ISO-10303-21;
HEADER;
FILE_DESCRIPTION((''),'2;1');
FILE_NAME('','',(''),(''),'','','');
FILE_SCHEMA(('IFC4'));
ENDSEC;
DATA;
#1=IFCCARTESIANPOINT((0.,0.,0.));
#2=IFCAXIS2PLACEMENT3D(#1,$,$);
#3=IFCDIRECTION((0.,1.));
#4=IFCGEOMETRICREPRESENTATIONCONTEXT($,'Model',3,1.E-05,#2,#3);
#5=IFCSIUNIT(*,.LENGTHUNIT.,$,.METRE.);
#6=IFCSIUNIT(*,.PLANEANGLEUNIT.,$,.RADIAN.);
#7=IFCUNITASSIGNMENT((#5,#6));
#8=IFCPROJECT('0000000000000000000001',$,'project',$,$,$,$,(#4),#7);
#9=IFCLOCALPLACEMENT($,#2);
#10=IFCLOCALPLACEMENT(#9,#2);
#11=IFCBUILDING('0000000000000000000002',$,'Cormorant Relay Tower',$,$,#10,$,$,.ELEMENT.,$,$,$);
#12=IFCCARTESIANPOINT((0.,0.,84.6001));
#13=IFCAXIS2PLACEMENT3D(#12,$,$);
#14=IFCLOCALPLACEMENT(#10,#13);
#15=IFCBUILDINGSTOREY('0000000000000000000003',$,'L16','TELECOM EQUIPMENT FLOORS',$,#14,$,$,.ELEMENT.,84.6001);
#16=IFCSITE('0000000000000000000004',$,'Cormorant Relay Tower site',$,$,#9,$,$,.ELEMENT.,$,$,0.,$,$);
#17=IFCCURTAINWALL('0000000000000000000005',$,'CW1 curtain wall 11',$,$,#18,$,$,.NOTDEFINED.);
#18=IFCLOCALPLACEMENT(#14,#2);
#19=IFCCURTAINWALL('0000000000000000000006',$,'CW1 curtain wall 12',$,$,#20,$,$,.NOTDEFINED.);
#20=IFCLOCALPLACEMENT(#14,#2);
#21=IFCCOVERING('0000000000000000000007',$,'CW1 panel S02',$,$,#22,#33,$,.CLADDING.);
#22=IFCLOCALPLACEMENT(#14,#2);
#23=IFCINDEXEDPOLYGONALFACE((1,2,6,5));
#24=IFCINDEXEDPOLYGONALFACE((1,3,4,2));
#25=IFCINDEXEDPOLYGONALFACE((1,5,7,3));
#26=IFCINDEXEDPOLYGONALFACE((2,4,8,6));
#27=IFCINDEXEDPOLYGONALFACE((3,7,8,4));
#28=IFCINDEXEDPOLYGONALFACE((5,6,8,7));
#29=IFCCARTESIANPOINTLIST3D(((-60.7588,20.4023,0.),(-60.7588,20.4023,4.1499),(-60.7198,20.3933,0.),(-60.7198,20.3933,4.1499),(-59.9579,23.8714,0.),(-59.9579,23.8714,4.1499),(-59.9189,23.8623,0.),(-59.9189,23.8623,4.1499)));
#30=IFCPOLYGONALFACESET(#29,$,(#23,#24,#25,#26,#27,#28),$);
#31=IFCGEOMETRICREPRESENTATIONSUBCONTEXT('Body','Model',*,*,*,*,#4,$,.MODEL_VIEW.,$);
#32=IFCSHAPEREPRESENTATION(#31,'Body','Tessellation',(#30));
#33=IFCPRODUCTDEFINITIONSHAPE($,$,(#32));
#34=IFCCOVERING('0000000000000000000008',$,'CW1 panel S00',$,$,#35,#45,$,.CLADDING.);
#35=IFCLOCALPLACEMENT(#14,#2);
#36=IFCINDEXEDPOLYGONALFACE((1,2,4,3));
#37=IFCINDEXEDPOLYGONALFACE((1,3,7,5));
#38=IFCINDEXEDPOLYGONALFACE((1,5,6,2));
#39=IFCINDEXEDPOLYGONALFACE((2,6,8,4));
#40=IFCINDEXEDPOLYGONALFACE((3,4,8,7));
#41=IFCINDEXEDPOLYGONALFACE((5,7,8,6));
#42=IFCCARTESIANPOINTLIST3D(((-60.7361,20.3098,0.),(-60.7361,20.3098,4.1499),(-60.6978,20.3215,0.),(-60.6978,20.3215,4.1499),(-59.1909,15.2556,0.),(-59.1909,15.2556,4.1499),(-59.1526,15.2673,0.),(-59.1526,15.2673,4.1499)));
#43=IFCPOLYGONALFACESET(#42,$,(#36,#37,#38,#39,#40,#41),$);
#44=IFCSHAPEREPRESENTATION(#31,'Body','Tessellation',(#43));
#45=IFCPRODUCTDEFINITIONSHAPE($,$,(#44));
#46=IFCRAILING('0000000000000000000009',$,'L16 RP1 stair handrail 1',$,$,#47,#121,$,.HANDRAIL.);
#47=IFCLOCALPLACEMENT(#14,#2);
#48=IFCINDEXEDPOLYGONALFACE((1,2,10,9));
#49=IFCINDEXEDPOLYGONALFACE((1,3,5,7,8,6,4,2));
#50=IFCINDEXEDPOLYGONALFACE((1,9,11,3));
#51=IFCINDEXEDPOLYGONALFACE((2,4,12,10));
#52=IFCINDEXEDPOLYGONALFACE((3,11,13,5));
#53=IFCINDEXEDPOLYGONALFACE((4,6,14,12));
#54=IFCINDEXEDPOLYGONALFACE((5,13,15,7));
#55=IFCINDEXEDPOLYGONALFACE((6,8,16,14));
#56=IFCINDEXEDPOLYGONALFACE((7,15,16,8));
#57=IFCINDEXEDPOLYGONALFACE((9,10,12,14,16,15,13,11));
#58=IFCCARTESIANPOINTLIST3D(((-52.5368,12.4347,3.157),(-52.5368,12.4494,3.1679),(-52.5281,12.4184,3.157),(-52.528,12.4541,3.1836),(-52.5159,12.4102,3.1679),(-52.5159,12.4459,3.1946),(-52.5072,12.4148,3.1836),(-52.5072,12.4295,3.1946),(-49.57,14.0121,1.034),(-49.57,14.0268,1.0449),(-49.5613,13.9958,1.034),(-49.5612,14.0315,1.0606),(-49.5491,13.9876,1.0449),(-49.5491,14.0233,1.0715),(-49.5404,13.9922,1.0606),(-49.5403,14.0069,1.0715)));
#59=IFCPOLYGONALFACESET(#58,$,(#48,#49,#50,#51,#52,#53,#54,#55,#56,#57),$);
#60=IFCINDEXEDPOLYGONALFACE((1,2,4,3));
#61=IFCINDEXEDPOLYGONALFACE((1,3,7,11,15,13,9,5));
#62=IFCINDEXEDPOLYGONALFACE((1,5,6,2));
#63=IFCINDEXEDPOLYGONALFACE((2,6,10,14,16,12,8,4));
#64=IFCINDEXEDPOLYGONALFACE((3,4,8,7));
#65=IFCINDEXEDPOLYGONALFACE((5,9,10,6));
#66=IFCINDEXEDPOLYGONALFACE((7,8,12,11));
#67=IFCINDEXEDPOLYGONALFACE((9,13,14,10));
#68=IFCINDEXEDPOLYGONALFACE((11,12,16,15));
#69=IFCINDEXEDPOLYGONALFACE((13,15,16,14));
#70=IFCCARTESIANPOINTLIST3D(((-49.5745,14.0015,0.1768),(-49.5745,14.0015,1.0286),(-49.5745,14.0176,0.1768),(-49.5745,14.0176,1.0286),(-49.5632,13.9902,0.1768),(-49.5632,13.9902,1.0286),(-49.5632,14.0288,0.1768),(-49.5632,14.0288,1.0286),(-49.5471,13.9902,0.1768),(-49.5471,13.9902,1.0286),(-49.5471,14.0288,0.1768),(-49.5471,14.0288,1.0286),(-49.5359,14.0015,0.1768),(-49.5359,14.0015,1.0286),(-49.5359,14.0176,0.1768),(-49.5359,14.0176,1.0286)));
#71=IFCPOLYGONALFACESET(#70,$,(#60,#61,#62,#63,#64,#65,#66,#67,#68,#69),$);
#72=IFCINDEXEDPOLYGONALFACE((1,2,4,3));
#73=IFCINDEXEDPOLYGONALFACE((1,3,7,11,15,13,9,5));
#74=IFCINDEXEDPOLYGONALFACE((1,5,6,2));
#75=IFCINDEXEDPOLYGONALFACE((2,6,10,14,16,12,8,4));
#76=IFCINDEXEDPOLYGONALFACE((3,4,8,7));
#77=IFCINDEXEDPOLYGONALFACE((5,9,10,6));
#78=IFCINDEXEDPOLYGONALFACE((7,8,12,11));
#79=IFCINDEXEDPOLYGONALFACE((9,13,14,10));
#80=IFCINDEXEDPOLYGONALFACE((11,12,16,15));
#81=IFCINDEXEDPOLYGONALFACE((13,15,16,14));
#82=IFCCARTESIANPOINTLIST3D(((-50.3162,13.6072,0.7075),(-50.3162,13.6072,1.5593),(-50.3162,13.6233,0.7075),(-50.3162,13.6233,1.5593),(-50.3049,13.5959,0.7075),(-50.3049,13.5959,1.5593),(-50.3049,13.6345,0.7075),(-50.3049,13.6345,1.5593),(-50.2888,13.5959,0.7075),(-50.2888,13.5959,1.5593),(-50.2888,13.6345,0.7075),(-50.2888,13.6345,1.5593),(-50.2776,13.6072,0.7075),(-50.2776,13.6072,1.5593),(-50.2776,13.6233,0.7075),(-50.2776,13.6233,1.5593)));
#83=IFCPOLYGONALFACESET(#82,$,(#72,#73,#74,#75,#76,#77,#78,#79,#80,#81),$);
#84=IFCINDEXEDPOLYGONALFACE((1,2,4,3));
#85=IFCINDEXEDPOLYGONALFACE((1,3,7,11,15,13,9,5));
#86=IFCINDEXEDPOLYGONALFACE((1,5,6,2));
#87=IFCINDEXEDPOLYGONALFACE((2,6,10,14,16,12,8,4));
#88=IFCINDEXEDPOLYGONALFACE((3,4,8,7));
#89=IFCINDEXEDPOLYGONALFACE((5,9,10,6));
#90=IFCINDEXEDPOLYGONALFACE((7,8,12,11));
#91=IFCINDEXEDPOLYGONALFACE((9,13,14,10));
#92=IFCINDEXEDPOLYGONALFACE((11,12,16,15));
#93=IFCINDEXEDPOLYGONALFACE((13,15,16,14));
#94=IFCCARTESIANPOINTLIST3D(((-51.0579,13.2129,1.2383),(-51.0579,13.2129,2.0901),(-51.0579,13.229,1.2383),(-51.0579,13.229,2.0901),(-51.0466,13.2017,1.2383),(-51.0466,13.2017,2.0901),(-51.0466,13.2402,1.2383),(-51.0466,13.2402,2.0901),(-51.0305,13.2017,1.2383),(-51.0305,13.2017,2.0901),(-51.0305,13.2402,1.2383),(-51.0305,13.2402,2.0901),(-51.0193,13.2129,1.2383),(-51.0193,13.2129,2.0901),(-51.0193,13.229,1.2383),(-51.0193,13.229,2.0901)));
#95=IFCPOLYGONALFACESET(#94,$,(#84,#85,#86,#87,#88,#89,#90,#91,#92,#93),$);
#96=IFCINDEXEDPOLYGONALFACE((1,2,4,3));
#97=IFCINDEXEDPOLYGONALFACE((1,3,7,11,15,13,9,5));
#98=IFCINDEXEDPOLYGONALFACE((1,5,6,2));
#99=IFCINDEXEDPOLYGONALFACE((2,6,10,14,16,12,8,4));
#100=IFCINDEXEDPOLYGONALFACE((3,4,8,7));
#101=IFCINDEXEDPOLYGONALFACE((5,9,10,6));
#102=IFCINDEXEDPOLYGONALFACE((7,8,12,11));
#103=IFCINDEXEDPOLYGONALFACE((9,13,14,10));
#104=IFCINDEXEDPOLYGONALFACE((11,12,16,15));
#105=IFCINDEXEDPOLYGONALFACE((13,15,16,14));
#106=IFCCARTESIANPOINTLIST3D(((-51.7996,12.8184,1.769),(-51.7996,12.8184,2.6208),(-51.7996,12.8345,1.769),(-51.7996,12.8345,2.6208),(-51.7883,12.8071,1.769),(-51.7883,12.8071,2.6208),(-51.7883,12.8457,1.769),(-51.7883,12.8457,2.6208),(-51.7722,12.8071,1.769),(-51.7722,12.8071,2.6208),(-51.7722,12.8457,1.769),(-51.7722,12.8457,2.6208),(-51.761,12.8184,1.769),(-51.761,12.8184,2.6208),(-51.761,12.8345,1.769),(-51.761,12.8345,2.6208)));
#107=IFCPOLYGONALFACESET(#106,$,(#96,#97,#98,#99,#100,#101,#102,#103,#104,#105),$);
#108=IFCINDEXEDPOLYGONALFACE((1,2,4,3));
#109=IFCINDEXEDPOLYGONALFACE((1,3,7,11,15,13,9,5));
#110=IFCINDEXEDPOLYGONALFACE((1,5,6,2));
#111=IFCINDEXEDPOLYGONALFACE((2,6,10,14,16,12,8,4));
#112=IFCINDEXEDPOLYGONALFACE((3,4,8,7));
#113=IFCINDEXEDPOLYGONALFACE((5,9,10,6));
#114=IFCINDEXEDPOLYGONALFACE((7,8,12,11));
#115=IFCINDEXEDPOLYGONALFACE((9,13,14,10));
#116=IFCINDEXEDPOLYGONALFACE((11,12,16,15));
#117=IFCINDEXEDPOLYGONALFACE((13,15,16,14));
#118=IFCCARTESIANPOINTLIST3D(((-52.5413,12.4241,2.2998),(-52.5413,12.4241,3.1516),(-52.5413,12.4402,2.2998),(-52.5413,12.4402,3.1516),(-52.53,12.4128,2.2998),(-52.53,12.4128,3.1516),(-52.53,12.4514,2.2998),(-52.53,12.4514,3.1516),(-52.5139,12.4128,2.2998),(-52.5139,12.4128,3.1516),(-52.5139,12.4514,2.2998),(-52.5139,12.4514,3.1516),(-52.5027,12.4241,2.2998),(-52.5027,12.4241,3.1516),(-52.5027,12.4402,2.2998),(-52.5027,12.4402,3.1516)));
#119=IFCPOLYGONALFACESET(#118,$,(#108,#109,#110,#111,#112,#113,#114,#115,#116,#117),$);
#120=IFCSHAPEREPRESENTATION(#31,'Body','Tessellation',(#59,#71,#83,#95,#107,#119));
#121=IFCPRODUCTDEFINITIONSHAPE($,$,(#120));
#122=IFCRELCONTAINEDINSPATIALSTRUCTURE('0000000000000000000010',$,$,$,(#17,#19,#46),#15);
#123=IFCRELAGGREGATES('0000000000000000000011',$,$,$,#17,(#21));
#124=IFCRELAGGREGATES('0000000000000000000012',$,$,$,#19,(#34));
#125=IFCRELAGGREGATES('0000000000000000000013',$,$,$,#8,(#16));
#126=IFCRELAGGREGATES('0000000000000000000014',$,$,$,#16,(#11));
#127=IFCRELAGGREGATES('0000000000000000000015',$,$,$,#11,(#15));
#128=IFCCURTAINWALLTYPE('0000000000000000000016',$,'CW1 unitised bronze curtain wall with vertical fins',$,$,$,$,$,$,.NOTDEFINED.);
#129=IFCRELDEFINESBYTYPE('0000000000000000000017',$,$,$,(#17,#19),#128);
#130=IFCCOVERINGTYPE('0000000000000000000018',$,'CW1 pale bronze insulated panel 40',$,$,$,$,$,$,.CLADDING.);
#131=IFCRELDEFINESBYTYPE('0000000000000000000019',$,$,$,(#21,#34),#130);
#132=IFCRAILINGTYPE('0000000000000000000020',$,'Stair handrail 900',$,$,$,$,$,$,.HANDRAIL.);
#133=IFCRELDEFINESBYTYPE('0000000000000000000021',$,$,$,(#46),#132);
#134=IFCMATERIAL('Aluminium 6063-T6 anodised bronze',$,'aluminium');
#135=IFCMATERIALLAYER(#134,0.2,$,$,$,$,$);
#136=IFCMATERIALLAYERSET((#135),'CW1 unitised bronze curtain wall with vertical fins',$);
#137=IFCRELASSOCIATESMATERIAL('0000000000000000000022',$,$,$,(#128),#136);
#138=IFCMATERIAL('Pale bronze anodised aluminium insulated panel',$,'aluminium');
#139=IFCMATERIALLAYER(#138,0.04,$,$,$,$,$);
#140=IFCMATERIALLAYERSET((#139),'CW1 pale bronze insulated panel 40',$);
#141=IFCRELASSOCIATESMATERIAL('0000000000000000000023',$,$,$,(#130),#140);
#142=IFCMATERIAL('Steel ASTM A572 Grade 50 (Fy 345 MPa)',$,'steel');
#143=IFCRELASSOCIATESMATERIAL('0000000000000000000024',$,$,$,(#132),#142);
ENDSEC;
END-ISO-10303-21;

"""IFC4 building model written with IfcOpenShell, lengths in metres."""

from ifc_helpers import new_model, si_unit, direction, frame, origin, origin_2d, place, context, subcontext, project, spatial, polyline, rectangle, outline, extrude, material, layer, layer_set, type_object, element, aggregate, save


model = new_model("IFC4")

# Units and contexts
model_context = context("Model", 3, precision=1e-05, world=origin(), true_north=direction((0.0, 1.0)))
body_context = subcontext(model_context, "Body", "Model", "MODEL_VIEW")
ifc_project = project(units=[si_unit("LENGTHUNIT", "METRE"), si_unit("PLANEANGLEUNIT", "RADIAN")], contexts=[model_context])

# Site, building, storey
site_placement = place(None, origin())
site = spatial("IfcSite", under=ifc_project, at=site_placement, Name="Cormorant Relay Tower site", CompositionType="ELEMENT", RefElevation=0.0)
building_placement = place(site_placement, origin())
building = spatial("IfcBuilding", under=site, at=building_placement, Name="Cormorant Relay Tower", CompositionType="ELEMENT")
storey_placement = place(building_placement, frame((0.0, 0.0, 84.6001)))
storey = spatial("IfcBuildingStorey", under=building, at=storey_placement, Name="L16", Description="TELECOM EQUIPMENT FLOORS", CompositionType="ELEMENT", Elevation=84.6001)

# Curtain wall
ifc_material_1 = material(Name="Aluminium 6063-T6 anodised bronze", Category="aluminium")
ifc_layer_1 = layer(ifc_material_1, 0.2)
ifc_layer_set_1 = layer_set([ifc_layer_1], Name="CW1 unitised bronze curtain wall with vertical fins")
curtain_wall_type = type_object("IfcCurtainWallType", Name="CW1 unitised bronze curtain wall with vertical fins", PredefinedType="NOTDEFINED", material=ifc_layer_set_1)
curtain_wall_1_placement = place(storey_placement, origin())
curtain_wall_1 = element("IfcCurtainWall", 1, at=curtain_wall_1_placement, inside=storey, type_object=curtain_wall_type, Name="CW1 curtain wall 11", PredefinedType="NOTDEFINED")

# Curtain wall
curtain_wall_2_placement = place(storey_placement, origin())
curtain_wall_2 = element("IfcCurtainWall", 2, at=curtain_wall_2_placement, inside=storey, type_object=curtain_wall_type, Name="CW1 curtain wall 12", PredefinedType="NOTDEFINED")

# Coverings
ifc_material_2 = material(Name="Pale bronze anodised aluminium insulated panel", Category="aluminium")
ifc_layer_2 = layer(ifc_material_2, 0.04)
ifc_layer_set_2 = layer_set([ifc_layer_2], Name="CW1 pale bronze insulated panel 40")
covering_type = type_object("IfcCoveringType", Name="CW1 pale bronze insulated panel 40", PredefinedType="CLADDING", material=ifc_layer_set_2)
covering_1_placement = place(storey_placement, frame((-60.3389, 22.1323, 0.0), z_axis=(0.0, 0.0, 1.0), x_axis=(-0.224951, -0.97437, 0.0)))
covering_1 = element("IfcCovering", 3, at=covering_1_placement, type_object=covering_type, Name="CW1 panel S02", PredefinedType="CLADDING", context=body_context, shape_type="SweptSolid", body=[
    extrude(rectangle(XDim=3.5603, YDim=0.04, at=origin_2d()), origin(), (0.0, 0.0, 1.0), 4.1499),
])
aggregate(curtain_wall_1, [covering_1])
covering_2_placement = place(storey_placement, frame((-59.9443, 17.7886, 0.0), z_axis=(0.0, 0.0, 1.0), x_axis=(0.292372, -0.956305, 0.0)))
covering_2 = element("IfcCovering", 4, at=covering_2_placement, type_object=covering_type, Name="CW1 panel S00", PredefinedType="CLADDING", context=body_context, shape_type="SweptSolid", body=[
    extrude(rectangle(XDim=5.2852, YDim=0.04, at=origin_2d()), origin(), (0.0, 0.0, 1.0), 4.1499),
])
aggregate(curtain_wall_2, [covering_2])

# Railing
ifc_material_3 = material(Name="Steel ASTM A572 Grade 50 (Fy 345 MPa)", Category="steel")
railing_type = type_object("IfcRailingType", Name="Stair handrail 900", PredefinedType="HANDRAIL", material=ifc_material_3)
railing_placement = place(storey_placement, frame((-49.5552, 14.0095, 0.1768)))
element("IfcRailing", 5, at=railing_placement, inside=storey, type_object=railing_type, Name="L16 RP1 stair handrail 1", PredefinedType="HANDRAIL", context=body_context, shape_type="SweptSolid", body=[
    extrude(outline(polyline([(0.0222, 0.0093), (0.0093, 0.0222), (-0.0093, 0.0222), (-0.0222, 0.0093), (-0.0222, -0.0093), (-0.0093, -0.0222), (0.0093, -0.0222), (0.0222, -0.0093), (0.0222, 0.0093)])), frame((0.0, 0.0, 0.876), z_axis=(-0.746441, -0.396869, 0.534155), x_axis=(0.469453, -0.882958, 0.0)), (0.0, 0.0, 1.0), 3.9746),
    extrude(outline(polyline([(0.0193, 0.0081), (0.0081, 0.0193), (-0.0081, 0.0193), (-0.0193, 0.0081), (-0.0193, -0.0081), (-0.0081, -0.0193), (0.0081, -0.0193), (0.0193, -0.0081), (0.0193, 0.0081)])), origin(), (0.0, 0.0, 1.0), 0.8518),
    extrude(outline(polyline([(0.0193, 0.0081), (0.0081, 0.0193), (-0.0081, 0.0193), (-0.0193, 0.0081), (-0.0193, -0.0081), (-0.0081, -0.0193), (0.0081, -0.0193), (0.0193, -0.0081), (0.0193, 0.0081)])), frame((-0.7417, -0.3943, 0.5308)), (0.0, 0.0, 1.0), 0.8518),
    extrude(outline(polyline([(0.0193, 0.0081), (0.0081, 0.0193), (-0.0081, 0.0193), (-0.0193, 0.0081), (-0.0193, -0.0081), (-0.0081, -0.0193), (0.0081, -0.0193), (0.0193, -0.0081), (0.0193, 0.0081)])), frame((-1.4834, -0.7886, 1.0615)), (0.0, 0.0, 1.0), 0.8518),
    extrude(outline(polyline([(0.0193, 0.0081), (0.0081, 0.0193), (-0.0081, 0.0193), (-0.0193, 0.0081), (-0.0193, -0.0081), (-0.0081, -0.0193), (0.0081, -0.0193), (0.0193, -0.0081), (0.0193, 0.0081)])), frame((-2.2251, -1.1831, 1.5923)), (0.0, 0.0, 1.0), 0.8518),
    extrude(outline(polyline([(0.0193, 0.0081), (0.0081, 0.0193), (-0.0081, 0.0193), (-0.0193, 0.0081), (-0.0193, -0.0081), (-0.0081, -0.0193), (0.0081, -0.0193), (0.0193, -0.0081), (0.0193, 0.0081)])), frame((-2.9668, -1.5774, 2.123)), (0.0, 0.0, 1.0), 0.8518),
])

save(model, "model.ifc")
